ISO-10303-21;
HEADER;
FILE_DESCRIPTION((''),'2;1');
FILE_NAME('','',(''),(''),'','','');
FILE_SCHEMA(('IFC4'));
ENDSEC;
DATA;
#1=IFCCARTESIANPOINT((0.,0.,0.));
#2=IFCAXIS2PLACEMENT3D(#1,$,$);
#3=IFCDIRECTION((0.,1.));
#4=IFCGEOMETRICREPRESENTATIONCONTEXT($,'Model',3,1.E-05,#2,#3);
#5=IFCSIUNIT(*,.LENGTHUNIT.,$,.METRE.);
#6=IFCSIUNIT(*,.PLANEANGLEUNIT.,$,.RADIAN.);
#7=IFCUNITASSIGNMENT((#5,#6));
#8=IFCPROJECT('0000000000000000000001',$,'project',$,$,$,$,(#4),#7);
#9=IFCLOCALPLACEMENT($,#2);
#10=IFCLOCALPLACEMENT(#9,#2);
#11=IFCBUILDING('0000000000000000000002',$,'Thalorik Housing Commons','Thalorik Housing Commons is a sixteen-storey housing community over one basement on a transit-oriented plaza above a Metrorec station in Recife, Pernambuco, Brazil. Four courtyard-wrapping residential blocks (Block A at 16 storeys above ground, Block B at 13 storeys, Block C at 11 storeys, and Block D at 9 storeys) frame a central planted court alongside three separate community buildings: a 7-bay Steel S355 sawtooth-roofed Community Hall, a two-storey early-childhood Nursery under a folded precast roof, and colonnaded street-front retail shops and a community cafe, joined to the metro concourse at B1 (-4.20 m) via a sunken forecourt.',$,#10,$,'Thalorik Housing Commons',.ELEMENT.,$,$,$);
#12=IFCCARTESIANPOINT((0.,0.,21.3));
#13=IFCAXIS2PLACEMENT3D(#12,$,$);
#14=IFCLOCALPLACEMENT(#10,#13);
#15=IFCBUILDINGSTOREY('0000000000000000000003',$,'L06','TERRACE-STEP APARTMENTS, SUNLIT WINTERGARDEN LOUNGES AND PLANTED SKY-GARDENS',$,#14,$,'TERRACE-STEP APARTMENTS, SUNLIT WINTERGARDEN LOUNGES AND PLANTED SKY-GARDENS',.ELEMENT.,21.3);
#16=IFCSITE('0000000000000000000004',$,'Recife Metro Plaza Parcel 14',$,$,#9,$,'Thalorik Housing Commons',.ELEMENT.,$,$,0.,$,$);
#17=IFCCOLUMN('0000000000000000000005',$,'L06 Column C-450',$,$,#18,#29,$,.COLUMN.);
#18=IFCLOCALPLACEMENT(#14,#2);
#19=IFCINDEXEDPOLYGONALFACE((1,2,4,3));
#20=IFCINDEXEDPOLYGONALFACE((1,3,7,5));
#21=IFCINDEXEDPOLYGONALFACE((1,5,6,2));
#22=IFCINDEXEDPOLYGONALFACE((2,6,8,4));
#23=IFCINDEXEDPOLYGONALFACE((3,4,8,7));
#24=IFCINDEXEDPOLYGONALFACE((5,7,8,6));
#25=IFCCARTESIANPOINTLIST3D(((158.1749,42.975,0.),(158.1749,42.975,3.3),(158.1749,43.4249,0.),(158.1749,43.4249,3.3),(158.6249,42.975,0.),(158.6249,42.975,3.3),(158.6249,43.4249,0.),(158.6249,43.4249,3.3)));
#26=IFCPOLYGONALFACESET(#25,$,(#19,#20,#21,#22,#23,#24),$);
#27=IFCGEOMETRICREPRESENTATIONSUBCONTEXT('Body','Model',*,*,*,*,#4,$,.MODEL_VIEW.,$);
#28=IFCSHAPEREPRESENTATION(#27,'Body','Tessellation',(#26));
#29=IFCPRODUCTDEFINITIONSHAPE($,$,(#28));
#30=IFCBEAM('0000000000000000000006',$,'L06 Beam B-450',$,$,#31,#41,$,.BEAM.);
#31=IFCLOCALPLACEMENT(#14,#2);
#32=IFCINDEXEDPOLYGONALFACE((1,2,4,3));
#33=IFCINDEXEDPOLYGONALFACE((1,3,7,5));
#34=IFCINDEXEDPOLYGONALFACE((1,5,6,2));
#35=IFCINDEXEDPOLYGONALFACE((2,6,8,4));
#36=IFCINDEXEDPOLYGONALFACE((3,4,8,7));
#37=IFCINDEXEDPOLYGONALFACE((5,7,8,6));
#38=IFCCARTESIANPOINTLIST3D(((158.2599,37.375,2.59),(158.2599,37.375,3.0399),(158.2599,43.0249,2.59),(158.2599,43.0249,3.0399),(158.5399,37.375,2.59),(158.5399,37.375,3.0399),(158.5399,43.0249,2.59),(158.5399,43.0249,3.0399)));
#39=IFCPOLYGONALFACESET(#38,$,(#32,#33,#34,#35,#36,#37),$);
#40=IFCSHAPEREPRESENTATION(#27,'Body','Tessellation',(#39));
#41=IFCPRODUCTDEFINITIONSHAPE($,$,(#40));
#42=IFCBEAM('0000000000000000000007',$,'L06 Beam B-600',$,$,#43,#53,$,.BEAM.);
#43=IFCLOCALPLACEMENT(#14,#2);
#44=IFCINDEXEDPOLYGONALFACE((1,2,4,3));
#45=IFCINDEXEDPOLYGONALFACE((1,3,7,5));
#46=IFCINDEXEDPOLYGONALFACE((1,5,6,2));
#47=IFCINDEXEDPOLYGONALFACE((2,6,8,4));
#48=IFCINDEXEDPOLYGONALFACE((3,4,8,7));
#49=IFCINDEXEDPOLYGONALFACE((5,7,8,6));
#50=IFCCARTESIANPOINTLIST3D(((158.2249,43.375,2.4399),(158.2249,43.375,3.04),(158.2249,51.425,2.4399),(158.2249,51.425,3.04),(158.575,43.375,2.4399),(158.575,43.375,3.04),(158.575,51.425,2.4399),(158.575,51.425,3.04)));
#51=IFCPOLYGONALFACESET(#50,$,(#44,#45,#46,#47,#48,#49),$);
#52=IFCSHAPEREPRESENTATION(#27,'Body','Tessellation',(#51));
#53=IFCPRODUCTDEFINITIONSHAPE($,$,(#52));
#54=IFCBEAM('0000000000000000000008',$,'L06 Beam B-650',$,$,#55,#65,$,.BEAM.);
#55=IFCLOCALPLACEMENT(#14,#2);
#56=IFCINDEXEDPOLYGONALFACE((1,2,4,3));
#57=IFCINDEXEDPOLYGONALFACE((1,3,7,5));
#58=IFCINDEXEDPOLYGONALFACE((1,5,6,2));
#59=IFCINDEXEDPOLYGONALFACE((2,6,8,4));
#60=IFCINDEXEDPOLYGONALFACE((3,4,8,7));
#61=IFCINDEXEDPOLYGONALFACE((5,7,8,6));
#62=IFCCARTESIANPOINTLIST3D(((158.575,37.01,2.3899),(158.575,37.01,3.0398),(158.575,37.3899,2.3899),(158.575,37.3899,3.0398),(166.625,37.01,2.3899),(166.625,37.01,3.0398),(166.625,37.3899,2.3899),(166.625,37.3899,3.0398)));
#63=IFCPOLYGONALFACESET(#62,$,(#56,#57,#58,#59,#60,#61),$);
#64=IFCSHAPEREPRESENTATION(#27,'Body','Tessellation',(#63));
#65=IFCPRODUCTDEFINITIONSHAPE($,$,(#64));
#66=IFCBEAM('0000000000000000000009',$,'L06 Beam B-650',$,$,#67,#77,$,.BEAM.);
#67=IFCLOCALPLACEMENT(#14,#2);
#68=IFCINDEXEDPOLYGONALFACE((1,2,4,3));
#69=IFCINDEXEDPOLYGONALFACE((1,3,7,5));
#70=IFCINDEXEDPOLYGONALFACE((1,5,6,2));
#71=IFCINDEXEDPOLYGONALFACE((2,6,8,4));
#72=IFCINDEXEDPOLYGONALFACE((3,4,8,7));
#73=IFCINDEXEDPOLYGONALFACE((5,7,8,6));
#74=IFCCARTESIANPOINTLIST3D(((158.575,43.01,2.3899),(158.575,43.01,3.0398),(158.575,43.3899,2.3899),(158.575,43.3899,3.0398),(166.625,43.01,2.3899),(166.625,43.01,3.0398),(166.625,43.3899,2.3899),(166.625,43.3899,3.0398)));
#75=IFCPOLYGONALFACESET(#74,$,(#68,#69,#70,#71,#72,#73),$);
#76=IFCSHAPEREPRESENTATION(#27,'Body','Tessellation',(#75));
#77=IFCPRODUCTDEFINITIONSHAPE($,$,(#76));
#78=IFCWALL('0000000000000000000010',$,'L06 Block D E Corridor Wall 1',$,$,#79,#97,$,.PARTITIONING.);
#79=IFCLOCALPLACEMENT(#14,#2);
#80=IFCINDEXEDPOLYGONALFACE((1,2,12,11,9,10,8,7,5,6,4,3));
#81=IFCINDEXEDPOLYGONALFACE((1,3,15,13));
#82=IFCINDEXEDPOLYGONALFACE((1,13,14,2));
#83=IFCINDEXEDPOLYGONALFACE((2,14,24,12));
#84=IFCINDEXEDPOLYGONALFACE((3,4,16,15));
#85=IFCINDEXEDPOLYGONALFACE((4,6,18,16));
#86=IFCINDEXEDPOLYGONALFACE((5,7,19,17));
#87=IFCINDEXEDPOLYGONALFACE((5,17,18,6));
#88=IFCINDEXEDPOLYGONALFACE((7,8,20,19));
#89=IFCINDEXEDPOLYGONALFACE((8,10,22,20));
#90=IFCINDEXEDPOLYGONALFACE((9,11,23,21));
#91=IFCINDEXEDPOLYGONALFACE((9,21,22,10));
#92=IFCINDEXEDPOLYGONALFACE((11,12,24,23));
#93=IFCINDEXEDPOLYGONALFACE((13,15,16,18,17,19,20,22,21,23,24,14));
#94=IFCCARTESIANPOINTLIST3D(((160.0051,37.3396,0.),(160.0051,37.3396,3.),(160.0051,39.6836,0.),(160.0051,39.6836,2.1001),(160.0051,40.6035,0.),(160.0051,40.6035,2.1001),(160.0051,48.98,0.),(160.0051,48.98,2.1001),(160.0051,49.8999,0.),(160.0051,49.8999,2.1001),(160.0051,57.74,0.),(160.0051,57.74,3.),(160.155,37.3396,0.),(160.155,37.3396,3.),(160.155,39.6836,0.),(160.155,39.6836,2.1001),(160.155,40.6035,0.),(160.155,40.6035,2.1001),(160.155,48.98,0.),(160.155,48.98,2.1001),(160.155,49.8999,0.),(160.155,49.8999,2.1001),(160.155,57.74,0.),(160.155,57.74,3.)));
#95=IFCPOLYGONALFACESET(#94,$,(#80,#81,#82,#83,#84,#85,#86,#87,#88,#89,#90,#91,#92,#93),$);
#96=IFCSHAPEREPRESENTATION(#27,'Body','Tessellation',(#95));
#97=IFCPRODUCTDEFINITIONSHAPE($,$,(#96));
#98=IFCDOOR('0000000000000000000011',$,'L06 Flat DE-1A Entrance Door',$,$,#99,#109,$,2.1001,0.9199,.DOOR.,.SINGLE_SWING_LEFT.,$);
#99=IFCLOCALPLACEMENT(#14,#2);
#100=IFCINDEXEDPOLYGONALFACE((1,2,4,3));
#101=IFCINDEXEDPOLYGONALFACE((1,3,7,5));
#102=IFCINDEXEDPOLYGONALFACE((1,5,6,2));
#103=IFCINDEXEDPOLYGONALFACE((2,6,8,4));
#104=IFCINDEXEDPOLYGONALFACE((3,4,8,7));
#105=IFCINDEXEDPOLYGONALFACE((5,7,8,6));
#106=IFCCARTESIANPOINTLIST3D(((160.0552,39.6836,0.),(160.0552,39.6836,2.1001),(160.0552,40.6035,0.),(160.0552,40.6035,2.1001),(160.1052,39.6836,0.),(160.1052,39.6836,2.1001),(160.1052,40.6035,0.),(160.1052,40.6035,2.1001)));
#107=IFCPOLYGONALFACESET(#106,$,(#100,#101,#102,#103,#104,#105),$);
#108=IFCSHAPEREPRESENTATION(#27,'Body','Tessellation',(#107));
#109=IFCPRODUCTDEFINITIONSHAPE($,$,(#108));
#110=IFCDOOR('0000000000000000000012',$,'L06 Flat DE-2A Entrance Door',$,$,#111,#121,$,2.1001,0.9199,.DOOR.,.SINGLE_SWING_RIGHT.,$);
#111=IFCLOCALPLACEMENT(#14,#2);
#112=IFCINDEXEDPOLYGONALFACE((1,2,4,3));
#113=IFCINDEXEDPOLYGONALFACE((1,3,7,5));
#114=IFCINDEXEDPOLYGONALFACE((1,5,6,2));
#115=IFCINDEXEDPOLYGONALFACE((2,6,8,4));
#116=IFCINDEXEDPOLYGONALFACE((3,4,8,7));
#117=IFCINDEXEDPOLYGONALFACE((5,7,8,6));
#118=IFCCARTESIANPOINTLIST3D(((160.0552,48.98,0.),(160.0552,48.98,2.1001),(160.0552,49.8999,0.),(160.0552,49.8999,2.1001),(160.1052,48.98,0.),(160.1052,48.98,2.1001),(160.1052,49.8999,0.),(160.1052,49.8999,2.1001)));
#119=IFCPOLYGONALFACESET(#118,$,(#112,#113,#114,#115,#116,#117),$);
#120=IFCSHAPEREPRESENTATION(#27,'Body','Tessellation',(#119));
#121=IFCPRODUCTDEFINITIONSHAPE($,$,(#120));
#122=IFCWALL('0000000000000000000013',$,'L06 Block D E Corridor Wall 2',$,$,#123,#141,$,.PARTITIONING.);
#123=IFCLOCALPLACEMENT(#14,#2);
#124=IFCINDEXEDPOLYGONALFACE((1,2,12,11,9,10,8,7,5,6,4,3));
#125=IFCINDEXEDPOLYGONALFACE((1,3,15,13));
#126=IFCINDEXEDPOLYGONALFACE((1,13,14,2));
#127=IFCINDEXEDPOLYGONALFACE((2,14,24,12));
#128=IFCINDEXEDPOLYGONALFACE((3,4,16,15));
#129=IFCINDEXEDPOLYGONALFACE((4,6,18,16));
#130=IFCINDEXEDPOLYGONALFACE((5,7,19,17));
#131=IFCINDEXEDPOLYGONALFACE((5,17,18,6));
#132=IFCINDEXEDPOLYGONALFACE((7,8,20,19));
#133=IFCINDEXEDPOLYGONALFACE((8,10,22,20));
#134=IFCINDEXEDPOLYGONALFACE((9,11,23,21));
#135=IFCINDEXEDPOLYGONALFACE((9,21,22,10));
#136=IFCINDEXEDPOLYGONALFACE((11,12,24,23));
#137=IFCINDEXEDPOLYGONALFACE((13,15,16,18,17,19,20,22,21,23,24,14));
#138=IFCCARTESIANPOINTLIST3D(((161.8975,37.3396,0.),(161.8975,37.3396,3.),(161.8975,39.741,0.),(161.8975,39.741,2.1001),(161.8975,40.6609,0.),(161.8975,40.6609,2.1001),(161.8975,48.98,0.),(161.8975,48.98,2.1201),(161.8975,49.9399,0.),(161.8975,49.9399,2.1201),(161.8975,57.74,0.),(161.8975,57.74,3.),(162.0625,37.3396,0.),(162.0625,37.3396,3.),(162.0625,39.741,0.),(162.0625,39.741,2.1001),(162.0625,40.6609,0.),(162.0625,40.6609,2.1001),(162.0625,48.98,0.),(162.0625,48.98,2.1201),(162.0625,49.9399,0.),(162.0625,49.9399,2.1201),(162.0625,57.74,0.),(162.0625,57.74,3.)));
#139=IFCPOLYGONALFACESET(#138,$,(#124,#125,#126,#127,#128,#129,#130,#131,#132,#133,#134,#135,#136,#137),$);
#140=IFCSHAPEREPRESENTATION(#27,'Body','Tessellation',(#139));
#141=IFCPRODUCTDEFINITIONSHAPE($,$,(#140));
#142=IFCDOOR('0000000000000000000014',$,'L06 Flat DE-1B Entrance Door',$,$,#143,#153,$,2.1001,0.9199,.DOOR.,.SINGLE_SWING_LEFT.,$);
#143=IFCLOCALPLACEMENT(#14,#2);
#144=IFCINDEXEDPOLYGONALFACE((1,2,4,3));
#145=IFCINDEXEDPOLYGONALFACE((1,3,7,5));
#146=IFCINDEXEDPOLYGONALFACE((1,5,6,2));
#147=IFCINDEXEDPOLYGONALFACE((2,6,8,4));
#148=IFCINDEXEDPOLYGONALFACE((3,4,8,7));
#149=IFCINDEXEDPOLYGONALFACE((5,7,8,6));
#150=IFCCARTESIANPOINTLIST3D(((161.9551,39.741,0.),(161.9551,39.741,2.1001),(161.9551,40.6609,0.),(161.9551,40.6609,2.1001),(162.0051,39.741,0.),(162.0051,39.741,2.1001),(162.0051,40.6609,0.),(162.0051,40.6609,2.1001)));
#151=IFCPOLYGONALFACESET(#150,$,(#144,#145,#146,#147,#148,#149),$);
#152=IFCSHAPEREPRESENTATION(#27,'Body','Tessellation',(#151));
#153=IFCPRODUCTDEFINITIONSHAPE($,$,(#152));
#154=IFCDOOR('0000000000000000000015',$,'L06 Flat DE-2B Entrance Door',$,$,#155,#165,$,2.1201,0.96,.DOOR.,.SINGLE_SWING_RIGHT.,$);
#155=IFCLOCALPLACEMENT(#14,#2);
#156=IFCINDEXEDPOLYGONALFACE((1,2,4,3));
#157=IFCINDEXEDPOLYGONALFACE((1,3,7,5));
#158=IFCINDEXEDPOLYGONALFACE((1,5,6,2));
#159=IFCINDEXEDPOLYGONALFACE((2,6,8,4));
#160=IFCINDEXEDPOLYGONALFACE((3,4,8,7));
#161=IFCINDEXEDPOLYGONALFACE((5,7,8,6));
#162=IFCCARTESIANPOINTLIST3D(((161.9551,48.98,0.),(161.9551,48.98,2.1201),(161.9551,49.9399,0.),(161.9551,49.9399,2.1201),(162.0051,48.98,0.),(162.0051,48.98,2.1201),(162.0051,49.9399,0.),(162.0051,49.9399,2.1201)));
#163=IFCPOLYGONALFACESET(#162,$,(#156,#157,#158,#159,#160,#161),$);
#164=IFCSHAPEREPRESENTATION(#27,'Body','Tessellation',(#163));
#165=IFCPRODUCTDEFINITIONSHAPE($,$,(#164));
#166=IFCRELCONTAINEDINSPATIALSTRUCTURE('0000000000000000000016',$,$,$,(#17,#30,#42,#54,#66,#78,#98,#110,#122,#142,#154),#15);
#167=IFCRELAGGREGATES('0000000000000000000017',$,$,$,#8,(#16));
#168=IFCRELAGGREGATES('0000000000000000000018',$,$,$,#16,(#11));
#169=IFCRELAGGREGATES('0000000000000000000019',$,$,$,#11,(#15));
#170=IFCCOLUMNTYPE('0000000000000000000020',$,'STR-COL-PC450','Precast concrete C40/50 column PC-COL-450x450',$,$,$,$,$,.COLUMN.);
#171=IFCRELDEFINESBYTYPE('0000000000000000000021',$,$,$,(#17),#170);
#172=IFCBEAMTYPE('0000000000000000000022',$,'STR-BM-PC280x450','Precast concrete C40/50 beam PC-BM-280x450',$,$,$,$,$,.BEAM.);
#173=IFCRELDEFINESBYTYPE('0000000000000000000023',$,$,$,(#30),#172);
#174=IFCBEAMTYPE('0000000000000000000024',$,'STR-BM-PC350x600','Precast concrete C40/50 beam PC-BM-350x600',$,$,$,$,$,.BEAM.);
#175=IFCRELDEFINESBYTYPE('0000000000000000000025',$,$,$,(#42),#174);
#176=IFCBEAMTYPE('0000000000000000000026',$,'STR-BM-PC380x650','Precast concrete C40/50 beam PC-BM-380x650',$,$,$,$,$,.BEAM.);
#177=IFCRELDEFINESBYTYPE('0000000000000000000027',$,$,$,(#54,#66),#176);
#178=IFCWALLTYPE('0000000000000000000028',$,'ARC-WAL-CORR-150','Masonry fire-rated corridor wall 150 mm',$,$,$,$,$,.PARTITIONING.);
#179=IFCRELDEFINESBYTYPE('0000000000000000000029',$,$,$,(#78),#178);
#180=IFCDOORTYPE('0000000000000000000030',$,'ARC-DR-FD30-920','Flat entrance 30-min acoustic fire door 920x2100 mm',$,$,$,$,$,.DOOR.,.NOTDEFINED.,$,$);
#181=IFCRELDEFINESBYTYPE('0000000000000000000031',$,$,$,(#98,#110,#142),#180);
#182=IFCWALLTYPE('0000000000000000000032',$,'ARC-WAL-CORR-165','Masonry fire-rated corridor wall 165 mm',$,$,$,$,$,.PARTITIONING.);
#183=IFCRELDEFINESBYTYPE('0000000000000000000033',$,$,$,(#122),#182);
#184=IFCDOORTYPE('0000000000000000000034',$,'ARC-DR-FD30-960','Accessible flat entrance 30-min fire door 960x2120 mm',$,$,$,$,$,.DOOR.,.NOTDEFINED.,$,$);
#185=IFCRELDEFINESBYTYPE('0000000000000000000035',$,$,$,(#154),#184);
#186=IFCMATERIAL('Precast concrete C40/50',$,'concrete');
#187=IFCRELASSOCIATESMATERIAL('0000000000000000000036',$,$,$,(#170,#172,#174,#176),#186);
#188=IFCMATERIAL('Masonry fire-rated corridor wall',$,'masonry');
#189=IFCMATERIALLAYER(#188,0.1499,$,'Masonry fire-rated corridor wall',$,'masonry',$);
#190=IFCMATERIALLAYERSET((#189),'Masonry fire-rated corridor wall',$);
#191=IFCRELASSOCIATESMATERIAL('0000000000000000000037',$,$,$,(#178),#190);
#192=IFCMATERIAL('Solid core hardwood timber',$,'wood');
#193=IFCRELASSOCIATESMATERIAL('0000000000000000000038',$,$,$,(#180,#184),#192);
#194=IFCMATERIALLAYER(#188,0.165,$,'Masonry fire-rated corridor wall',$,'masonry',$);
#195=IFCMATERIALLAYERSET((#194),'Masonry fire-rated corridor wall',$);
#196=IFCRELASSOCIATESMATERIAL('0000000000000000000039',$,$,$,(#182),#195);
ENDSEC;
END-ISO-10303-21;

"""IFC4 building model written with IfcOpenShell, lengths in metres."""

from ifc_helpers import new_model, si_unit, direction, frame, frame_2d, origin, origin_2d, place, context, subcontext, project, spatial, rectangle, extrude, material, layer, layer_set, material_profile, profile_set, type_object, element, fill, save


model = new_model("IFC4")

# Units and contexts
model_context = context("Model", 3, precision=1e-05, world=origin(), true_north=direction((0.0, 1.0)))
body_context = subcontext(model_context, "Body", "Model", "MODEL_VIEW")
ifc_project = project(units=[si_unit("LENGTHUNIT", "METRE"), si_unit("PLANEANGLEUNIT", "RADIAN")], contexts=[model_context])

# Site, building, storey
site_placement = place(None, origin())
site = spatial("IfcSite", under=ifc_project, at=site_placement, Name="Recife Metro Plaza Parcel 14", LongName="Thalorik Housing Commons", CompositionType="ELEMENT", RefElevation=0.0)
building_placement = place(site_placement, origin())
building = spatial("IfcBuilding", under=site, at=building_placement, Name="Thalorik Housing Commons", Description="Thalorik Housing Commons is a sixteen-storey housing community over one basement on a transit-oriented plaza above a Metrorec station in Recife, Pernambuco, Brazil. Four courtyard-wrapping residential blocks (Block A at 16 storeys above ground, Block B at 13 storeys, Block C at 11 storeys, and Block D at 9 storeys) frame a central planted court alongside three separate community buildings: a 7-bay Steel S355 sawtooth-roofed Community Hall, a two-storey early-childhood Nursery under a folded precast roof, and colonnaded street-front retail shops and a community cafe, joined to the metro concourse at B1 (-4.20 m) via a sunken forecourt.", LongName="Thalorik Housing Commons", CompositionType="ELEMENT")
storey_placement = place(building_placement, frame((0.0, 0.0, 21.3)))
storey = spatial("IfcBuildingStorey", under=building, at=storey_placement, Name="L06", Description="TERRACE-STEP APARTMENTS, SUNLIT WINTERGARDEN LOUNGES AND PLANTED SKY-GARDENS", LongName="TERRACE-STEP APARTMENTS, SUNLIT WINTERGARDEN LOUNGES AND PLANTED SKY-GARDENS", CompositionType="ELEMENT", Elevation=21.3)

# Column
ifc_material_1 = material(Name="Precast concrete C40/50", Category="concrete")
ifc_material_profile_1 = material_profile(ifc_material_1, rectangle(XDim=0.45, YDim=0.45, at=origin_2d()), Name="PC 450x450", Category="concrete")
ifc_profile_set_1 = profile_set([ifc_material_profile_1], Name="Precast concrete C40/50")
column_type = type_object("IfcColumnType", Name="STR-COL-PC450", Description="Precast concrete C40/50 column PC-COL-450x450", PredefinedType="COLUMN", material=ifc_profile_set_1)
column_placement = place(storey_placement, frame((158.3999, 43.2, 0.0), z_axis=(0.0, 0.0, 1.0), x_axis=(1.0, 0.0, 0.0)))
element("IfcColumn", 1, at=column_placement, inside=storey, type_object=column_type, Name="L06 Column C-450", PredefinedType="COLUMN", context=body_context, shape_type="SweptSolid", body=[
    extrude(rectangle(XDim=0.45, YDim=0.45, at=origin_2d()), origin(), (0.0, 0.0, 1.0), 3.3),
])

# Beams
ifc_material_profile_2 = material_profile(ifc_material_1, rectangle(XDim=0.28, YDim=0.45, at=origin_2d()), Name="PC 280x450", Category="concrete")
ifc_profile_set_2 = profile_set([ifc_material_profile_2], Name="Precast concrete C40/50")
beam_type_1 = type_object("IfcBeamType", Name="STR-BM-PC280x450", Description="Precast concrete C40/50 beam PC-BM-280x450", PredefinedType="BEAM", material=ifc_profile_set_2)
beam_1_placement = place(storey_placement, frame((158.3999, 37.375, 2.8149), z_axis=(0.0, 1.0, 0.0), x_axis=(-1.0, 0.0, 0.0)))
element("IfcBeam", 2, at=beam_1_placement, inside=storey, type_object=beam_type_1, Name="L06 Beam B-450", PredefinedType="BEAM", context=body_context, shape_type="SweptSolid", body=[
    extrude(rectangle(XDim=0.28, YDim=0.45, at=origin_2d()), origin(), (0.0, 0.0, 1.0), 5.6499),
])
ifc_material_profile_3 = material_profile(ifc_material_1, rectangle(XDim=0.3501, YDim=0.6001, at=origin_2d()), Name="PC 350x600", Category="concrete")
ifc_profile_set_3 = profile_set([ifc_material_profile_3], Name="Precast concrete C40/50")
beam_type_2 = type_object("IfcBeamType", Name="STR-BM-PC350x600", Description="Precast concrete C40/50 beam PC-BM-350x600", PredefinedType="BEAM", material=ifc_profile_set_3)
beam_2_placement = place(storey_placement, frame((158.3999, 43.375, 2.74), z_axis=(0.0, 1.0, 0.0), x_axis=(-1.0, 0.0, 0.0)))
element("IfcBeam", 3, at=beam_2_placement, inside=storey, type_object=beam_type_2, Name="L06 Beam B-600", PredefinedType="BEAM", context=body_context, shape_type="SweptSolid", body=[
    extrude(rectangle(XDim=0.3501, YDim=0.6001, at=origin_2d()), origin(), (0.0, 0.0, 1.0), 8.05),
])
ifc_material_profile_4 = material_profile(ifc_material_1, rectangle(XDim=0.3799, YDim=0.6499, at=origin_2d()), Name="PC 380x650", Category="concrete")
ifc_profile_set_4 = profile_set([ifc_material_profile_4], Name="Precast concrete C40/50")
beam_type_3 = type_object("IfcBeamType", Name="STR-BM-PC380x650", Description="Precast concrete C40/50 beam PC-BM-380x650", PredefinedType="BEAM", material=ifc_profile_set_4)
for number, where, z_axis, x_axis, name in (
    (4, (158.575, 37.2, 2.7148), (1.0, 0.0, 0.0), (0.0, 1.0, 0.0), "L06 Beam B-650"),
    (5, (158.575, 43.2, 2.7148), (1.0, 0.0, 0.0), (0.0, 1.0, 0.0), "L06 Beam B-650"),
):
    element("IfcBeam", number, at=place(storey_placement, frame(where, z_axis=z_axis, x_axis=x_axis)), inside=storey, type_object=beam_type_3, Name=name, PredefinedType="BEAM", context=body_context, shape_type="SweptSolid", body=[
        extrude(rectangle(XDim=0.3799, YDim=0.6499, at=origin_2d()), origin(), (0.0, 0.0, 1.0), 8.05),
    ])

# Walls, openings, doors
ifc_material_2 = material(Name="Masonry fire-rated corridor wall", Category="masonry")
ifc_layer_1 = layer(ifc_material_2, 0.1499, Name="Masonry fire-rated corridor wall", Category="masonry")
ifc_layer_set_1 = layer_set([ifc_layer_1], Name="Masonry fire-rated corridor wall")
wall_type_1 = type_object("IfcWallType", Name="ARC-WAL-CORR-150", Description="Masonry fire-rated corridor wall 150 mm", PredefinedType="PARTITIONING", material=ifc_layer_set_1)
wall_1_placement = place(storey_placement, frame((160.0801, 37.3396, 0.0), z_axis=(0.0, 0.0, 1.0), x_axis=(0.0, 1.0, 0.0)))
wall_1 = element("IfcWall", 6, at=wall_1_placement, inside=storey, type_object=wall_type_1, Name="L06 Block D E Corridor Wall 1", PredefinedType="PARTITIONING", context=body_context, shape_type="SweptSolid", body=[
    extrude(rectangle(XDim=20.4004, YDim=0.1499, at=frame_2d((10.2002, 0.0))), origin(), (0.0, 0.0, 1.0), 3.0),
])
opening_1_placement = place(wall_1_placement, frame((2.344, 0.0, 0.0)))
opening_1 = element("IfcOpeningElement", 7, at=opening_1_placement, cuts=wall_1, PredefinedType="OPENING", context=body_context, shape_type="SweptSolid", body=[
    extrude(rectangle(XDim=0.9199, YDim=2.1001, at=frame_2d((0.46, 1.05))), frame((0.0, 0.085, 0.0), z_axis=(0.0, -1.0, 0.0), x_axis=(1.0, 0.0, 0.0)), (0.0, 0.0, 1.0), 0.1699),
])
opening_2_placement = place(wall_1_placement, frame((11.6404, 0.0, 0.0)))
opening_2 = element("IfcOpeningElement", 8, at=opening_2_placement, cuts=wall_1, PredefinedType="OPENING", context=body_context, shape_type="SweptSolid", body=[
    extrude(rectangle(XDim=0.9199, YDim=2.1001, at=frame_2d((0.46, 1.05))), frame((0.0, 0.085, 0.0), z_axis=(0.0, -1.0, 0.0), x_axis=(1.0, 0.0, 0.0)), (0.0, 0.0, 1.0), 0.1699),
])
ifc_material_3 = material(Name="Solid core hardwood timber", Category="wood")
door_type_1 = type_object("IfcDoorType", Name="ARC-DR-FD30-920", Description="Flat entrance 30-min acoustic fire door 920x2100 mm", OperationType="NOTDEFINED", PredefinedType="DOOR", material=ifc_material_3)
door_1_placement = place(opening_1_placement, origin())
door_1 = element("IfcDoor", 9, at=door_1_placement, inside=storey, type_object=door_type_1, Name="L06 Flat DE-1A Entrance Door", OperationType="SINGLE_SWING_LEFT", OverallHeight=2.1001, OverallWidth=0.9199, PredefinedType="DOOR", context=body_context, shape_type="SweptSolid", body=[
    extrude(rectangle(XDim=0.9199, YDim=2.1001, at=frame_2d((0.46, 1.05))), frame((0.0, 0.0249, 0.0), z_axis=(0.0, -1.0, 0.0), x_axis=(1.0, 0.0, 0.0)), (0.0, 0.0, 1.0), 0.05),
])
fill(opening_1, door_1)
door_2_placement = place(opening_2_placement, origin())
door_2 = element("IfcDoor", 10, at=door_2_placement, inside=storey, type_object=door_type_1, Name="L06 Flat DE-2A Entrance Door", OperationType="SINGLE_SWING_RIGHT", OverallHeight=2.1001, OverallWidth=0.9199, PredefinedType="DOOR", context=body_context, shape_type="SweptSolid", body=[
    extrude(rectangle(XDim=0.9199, YDim=2.1001, at=frame_2d((0.46, 1.05))), frame((0.0, 0.0249, 0.0), z_axis=(0.0, -1.0, 0.0), x_axis=(1.0, 0.0, 0.0)), (0.0, 0.0, 1.0), 0.05),
])
fill(opening_2, door_2)
ifc_layer_2 = layer(ifc_material_2, 0.165, Name="Masonry fire-rated corridor wall", Category="masonry")
ifc_layer_set_2 = layer_set([ifc_layer_2], Name="Masonry fire-rated corridor wall")
wall_type_2 = type_object("IfcWallType", Name="ARC-WAL-CORR-165", Description="Masonry fire-rated corridor wall 165 mm", PredefinedType="PARTITIONING", material=ifc_layer_set_2)
wall_2_placement = place(storey_placement, frame((161.98, 37.3396, 0.0), z_axis=(0.0, 0.0, 1.0), x_axis=(0.0, 1.0, 0.0)))
wall_2 = element("IfcWall", 11, at=wall_2_placement, inside=storey, type_object=wall_type_2, Name="L06 Block D E Corridor Wall 2", PredefinedType="PARTITIONING", context=body_context, shape_type="SweptSolid", body=[
    extrude(rectangle(XDim=20.4004, YDim=0.165, at=frame_2d((10.2002, 0.0))), origin(), (0.0, 0.0, 1.0), 3.0),
])
opening_3_placement = place(wall_2_placement, frame((2.4014, 0.0, 0.0)))
opening_3 = element("IfcOpeningElement", 12, at=opening_3_placement, cuts=wall_2, PredefinedType="OPENING", context=body_context, shape_type="SweptSolid", body=[
    extrude(rectangle(XDim=0.9199, YDim=2.1001, at=frame_2d((0.46, 1.05))), frame((0.0, 0.0925, 0.0), z_axis=(0.0, -1.0, 0.0), x_axis=(1.0, 0.0, 0.0)), (0.0, 0.0, 1.0), 0.1851),
])
opening_4_placement = place(wall_2_placement, frame((11.6404, 0.0, 0.0)))
opening_4 = element("IfcOpeningElement", 13, at=opening_4_placement, cuts=wall_2, PredefinedType="OPENING", context=body_context, shape_type="SweptSolid", body=[
    extrude(rectangle(XDim=0.96, YDim=2.1201, at=frame_2d((0.48, 1.0601))), frame((0.0, 0.0925, 0.0), z_axis=(0.0, -1.0, 0.0), x_axis=(1.0, 0.0, 0.0)), (0.0, 0.0, 1.0), 0.1851),
])
door_3_placement = place(opening_3_placement, origin())
door_3 = element("IfcDoor", 14, at=door_3_placement, inside=storey, type_object=door_type_1, Name="L06 Flat DE-1B Entrance Door", OperationType="SINGLE_SWING_LEFT", OverallHeight=2.1001, OverallWidth=0.9199, PredefinedType="DOOR", context=body_context, shape_type="SweptSolid", body=[
    extrude(rectangle(XDim=0.9199, YDim=2.1001, at=frame_2d((0.46, 1.05))), frame((0.0, 0.0249, 0.0), z_axis=(0.0, -1.0, 0.0), x_axis=(1.0, 0.0, 0.0)), (0.0, 0.0, 1.0), 0.05),
])
fill(opening_3, door_3)
door_type_2 = type_object("IfcDoorType", Name="ARC-DR-FD30-960", Description="Accessible flat entrance 30-min fire door 960x2120 mm", OperationType="NOTDEFINED", PredefinedType="DOOR", material=ifc_material_3)
door_4_placement = place(opening_4_placement, origin())
door_4 = element("IfcDoor", 15, at=door_4_placement, inside=storey, type_object=door_type_2, Name="L06 Flat DE-2B Entrance Door", OperationType="SINGLE_SWING_RIGHT", OverallHeight=2.1201, OverallWidth=0.96, PredefinedType="DOOR", context=body_context, shape_type="SweptSolid", body=[
    extrude(rectangle(XDim=0.96, YDim=2.1201, at=frame_2d((0.48, 1.0601))), frame((0.0, 0.0249, 0.0), z_axis=(0.0, -1.0, 0.0), x_axis=(1.0, 0.0, 0.0)), (0.0, 0.0, 1.0), 0.05),
])
fill(opening_4, door_4)

save(model, "model.ifc")
